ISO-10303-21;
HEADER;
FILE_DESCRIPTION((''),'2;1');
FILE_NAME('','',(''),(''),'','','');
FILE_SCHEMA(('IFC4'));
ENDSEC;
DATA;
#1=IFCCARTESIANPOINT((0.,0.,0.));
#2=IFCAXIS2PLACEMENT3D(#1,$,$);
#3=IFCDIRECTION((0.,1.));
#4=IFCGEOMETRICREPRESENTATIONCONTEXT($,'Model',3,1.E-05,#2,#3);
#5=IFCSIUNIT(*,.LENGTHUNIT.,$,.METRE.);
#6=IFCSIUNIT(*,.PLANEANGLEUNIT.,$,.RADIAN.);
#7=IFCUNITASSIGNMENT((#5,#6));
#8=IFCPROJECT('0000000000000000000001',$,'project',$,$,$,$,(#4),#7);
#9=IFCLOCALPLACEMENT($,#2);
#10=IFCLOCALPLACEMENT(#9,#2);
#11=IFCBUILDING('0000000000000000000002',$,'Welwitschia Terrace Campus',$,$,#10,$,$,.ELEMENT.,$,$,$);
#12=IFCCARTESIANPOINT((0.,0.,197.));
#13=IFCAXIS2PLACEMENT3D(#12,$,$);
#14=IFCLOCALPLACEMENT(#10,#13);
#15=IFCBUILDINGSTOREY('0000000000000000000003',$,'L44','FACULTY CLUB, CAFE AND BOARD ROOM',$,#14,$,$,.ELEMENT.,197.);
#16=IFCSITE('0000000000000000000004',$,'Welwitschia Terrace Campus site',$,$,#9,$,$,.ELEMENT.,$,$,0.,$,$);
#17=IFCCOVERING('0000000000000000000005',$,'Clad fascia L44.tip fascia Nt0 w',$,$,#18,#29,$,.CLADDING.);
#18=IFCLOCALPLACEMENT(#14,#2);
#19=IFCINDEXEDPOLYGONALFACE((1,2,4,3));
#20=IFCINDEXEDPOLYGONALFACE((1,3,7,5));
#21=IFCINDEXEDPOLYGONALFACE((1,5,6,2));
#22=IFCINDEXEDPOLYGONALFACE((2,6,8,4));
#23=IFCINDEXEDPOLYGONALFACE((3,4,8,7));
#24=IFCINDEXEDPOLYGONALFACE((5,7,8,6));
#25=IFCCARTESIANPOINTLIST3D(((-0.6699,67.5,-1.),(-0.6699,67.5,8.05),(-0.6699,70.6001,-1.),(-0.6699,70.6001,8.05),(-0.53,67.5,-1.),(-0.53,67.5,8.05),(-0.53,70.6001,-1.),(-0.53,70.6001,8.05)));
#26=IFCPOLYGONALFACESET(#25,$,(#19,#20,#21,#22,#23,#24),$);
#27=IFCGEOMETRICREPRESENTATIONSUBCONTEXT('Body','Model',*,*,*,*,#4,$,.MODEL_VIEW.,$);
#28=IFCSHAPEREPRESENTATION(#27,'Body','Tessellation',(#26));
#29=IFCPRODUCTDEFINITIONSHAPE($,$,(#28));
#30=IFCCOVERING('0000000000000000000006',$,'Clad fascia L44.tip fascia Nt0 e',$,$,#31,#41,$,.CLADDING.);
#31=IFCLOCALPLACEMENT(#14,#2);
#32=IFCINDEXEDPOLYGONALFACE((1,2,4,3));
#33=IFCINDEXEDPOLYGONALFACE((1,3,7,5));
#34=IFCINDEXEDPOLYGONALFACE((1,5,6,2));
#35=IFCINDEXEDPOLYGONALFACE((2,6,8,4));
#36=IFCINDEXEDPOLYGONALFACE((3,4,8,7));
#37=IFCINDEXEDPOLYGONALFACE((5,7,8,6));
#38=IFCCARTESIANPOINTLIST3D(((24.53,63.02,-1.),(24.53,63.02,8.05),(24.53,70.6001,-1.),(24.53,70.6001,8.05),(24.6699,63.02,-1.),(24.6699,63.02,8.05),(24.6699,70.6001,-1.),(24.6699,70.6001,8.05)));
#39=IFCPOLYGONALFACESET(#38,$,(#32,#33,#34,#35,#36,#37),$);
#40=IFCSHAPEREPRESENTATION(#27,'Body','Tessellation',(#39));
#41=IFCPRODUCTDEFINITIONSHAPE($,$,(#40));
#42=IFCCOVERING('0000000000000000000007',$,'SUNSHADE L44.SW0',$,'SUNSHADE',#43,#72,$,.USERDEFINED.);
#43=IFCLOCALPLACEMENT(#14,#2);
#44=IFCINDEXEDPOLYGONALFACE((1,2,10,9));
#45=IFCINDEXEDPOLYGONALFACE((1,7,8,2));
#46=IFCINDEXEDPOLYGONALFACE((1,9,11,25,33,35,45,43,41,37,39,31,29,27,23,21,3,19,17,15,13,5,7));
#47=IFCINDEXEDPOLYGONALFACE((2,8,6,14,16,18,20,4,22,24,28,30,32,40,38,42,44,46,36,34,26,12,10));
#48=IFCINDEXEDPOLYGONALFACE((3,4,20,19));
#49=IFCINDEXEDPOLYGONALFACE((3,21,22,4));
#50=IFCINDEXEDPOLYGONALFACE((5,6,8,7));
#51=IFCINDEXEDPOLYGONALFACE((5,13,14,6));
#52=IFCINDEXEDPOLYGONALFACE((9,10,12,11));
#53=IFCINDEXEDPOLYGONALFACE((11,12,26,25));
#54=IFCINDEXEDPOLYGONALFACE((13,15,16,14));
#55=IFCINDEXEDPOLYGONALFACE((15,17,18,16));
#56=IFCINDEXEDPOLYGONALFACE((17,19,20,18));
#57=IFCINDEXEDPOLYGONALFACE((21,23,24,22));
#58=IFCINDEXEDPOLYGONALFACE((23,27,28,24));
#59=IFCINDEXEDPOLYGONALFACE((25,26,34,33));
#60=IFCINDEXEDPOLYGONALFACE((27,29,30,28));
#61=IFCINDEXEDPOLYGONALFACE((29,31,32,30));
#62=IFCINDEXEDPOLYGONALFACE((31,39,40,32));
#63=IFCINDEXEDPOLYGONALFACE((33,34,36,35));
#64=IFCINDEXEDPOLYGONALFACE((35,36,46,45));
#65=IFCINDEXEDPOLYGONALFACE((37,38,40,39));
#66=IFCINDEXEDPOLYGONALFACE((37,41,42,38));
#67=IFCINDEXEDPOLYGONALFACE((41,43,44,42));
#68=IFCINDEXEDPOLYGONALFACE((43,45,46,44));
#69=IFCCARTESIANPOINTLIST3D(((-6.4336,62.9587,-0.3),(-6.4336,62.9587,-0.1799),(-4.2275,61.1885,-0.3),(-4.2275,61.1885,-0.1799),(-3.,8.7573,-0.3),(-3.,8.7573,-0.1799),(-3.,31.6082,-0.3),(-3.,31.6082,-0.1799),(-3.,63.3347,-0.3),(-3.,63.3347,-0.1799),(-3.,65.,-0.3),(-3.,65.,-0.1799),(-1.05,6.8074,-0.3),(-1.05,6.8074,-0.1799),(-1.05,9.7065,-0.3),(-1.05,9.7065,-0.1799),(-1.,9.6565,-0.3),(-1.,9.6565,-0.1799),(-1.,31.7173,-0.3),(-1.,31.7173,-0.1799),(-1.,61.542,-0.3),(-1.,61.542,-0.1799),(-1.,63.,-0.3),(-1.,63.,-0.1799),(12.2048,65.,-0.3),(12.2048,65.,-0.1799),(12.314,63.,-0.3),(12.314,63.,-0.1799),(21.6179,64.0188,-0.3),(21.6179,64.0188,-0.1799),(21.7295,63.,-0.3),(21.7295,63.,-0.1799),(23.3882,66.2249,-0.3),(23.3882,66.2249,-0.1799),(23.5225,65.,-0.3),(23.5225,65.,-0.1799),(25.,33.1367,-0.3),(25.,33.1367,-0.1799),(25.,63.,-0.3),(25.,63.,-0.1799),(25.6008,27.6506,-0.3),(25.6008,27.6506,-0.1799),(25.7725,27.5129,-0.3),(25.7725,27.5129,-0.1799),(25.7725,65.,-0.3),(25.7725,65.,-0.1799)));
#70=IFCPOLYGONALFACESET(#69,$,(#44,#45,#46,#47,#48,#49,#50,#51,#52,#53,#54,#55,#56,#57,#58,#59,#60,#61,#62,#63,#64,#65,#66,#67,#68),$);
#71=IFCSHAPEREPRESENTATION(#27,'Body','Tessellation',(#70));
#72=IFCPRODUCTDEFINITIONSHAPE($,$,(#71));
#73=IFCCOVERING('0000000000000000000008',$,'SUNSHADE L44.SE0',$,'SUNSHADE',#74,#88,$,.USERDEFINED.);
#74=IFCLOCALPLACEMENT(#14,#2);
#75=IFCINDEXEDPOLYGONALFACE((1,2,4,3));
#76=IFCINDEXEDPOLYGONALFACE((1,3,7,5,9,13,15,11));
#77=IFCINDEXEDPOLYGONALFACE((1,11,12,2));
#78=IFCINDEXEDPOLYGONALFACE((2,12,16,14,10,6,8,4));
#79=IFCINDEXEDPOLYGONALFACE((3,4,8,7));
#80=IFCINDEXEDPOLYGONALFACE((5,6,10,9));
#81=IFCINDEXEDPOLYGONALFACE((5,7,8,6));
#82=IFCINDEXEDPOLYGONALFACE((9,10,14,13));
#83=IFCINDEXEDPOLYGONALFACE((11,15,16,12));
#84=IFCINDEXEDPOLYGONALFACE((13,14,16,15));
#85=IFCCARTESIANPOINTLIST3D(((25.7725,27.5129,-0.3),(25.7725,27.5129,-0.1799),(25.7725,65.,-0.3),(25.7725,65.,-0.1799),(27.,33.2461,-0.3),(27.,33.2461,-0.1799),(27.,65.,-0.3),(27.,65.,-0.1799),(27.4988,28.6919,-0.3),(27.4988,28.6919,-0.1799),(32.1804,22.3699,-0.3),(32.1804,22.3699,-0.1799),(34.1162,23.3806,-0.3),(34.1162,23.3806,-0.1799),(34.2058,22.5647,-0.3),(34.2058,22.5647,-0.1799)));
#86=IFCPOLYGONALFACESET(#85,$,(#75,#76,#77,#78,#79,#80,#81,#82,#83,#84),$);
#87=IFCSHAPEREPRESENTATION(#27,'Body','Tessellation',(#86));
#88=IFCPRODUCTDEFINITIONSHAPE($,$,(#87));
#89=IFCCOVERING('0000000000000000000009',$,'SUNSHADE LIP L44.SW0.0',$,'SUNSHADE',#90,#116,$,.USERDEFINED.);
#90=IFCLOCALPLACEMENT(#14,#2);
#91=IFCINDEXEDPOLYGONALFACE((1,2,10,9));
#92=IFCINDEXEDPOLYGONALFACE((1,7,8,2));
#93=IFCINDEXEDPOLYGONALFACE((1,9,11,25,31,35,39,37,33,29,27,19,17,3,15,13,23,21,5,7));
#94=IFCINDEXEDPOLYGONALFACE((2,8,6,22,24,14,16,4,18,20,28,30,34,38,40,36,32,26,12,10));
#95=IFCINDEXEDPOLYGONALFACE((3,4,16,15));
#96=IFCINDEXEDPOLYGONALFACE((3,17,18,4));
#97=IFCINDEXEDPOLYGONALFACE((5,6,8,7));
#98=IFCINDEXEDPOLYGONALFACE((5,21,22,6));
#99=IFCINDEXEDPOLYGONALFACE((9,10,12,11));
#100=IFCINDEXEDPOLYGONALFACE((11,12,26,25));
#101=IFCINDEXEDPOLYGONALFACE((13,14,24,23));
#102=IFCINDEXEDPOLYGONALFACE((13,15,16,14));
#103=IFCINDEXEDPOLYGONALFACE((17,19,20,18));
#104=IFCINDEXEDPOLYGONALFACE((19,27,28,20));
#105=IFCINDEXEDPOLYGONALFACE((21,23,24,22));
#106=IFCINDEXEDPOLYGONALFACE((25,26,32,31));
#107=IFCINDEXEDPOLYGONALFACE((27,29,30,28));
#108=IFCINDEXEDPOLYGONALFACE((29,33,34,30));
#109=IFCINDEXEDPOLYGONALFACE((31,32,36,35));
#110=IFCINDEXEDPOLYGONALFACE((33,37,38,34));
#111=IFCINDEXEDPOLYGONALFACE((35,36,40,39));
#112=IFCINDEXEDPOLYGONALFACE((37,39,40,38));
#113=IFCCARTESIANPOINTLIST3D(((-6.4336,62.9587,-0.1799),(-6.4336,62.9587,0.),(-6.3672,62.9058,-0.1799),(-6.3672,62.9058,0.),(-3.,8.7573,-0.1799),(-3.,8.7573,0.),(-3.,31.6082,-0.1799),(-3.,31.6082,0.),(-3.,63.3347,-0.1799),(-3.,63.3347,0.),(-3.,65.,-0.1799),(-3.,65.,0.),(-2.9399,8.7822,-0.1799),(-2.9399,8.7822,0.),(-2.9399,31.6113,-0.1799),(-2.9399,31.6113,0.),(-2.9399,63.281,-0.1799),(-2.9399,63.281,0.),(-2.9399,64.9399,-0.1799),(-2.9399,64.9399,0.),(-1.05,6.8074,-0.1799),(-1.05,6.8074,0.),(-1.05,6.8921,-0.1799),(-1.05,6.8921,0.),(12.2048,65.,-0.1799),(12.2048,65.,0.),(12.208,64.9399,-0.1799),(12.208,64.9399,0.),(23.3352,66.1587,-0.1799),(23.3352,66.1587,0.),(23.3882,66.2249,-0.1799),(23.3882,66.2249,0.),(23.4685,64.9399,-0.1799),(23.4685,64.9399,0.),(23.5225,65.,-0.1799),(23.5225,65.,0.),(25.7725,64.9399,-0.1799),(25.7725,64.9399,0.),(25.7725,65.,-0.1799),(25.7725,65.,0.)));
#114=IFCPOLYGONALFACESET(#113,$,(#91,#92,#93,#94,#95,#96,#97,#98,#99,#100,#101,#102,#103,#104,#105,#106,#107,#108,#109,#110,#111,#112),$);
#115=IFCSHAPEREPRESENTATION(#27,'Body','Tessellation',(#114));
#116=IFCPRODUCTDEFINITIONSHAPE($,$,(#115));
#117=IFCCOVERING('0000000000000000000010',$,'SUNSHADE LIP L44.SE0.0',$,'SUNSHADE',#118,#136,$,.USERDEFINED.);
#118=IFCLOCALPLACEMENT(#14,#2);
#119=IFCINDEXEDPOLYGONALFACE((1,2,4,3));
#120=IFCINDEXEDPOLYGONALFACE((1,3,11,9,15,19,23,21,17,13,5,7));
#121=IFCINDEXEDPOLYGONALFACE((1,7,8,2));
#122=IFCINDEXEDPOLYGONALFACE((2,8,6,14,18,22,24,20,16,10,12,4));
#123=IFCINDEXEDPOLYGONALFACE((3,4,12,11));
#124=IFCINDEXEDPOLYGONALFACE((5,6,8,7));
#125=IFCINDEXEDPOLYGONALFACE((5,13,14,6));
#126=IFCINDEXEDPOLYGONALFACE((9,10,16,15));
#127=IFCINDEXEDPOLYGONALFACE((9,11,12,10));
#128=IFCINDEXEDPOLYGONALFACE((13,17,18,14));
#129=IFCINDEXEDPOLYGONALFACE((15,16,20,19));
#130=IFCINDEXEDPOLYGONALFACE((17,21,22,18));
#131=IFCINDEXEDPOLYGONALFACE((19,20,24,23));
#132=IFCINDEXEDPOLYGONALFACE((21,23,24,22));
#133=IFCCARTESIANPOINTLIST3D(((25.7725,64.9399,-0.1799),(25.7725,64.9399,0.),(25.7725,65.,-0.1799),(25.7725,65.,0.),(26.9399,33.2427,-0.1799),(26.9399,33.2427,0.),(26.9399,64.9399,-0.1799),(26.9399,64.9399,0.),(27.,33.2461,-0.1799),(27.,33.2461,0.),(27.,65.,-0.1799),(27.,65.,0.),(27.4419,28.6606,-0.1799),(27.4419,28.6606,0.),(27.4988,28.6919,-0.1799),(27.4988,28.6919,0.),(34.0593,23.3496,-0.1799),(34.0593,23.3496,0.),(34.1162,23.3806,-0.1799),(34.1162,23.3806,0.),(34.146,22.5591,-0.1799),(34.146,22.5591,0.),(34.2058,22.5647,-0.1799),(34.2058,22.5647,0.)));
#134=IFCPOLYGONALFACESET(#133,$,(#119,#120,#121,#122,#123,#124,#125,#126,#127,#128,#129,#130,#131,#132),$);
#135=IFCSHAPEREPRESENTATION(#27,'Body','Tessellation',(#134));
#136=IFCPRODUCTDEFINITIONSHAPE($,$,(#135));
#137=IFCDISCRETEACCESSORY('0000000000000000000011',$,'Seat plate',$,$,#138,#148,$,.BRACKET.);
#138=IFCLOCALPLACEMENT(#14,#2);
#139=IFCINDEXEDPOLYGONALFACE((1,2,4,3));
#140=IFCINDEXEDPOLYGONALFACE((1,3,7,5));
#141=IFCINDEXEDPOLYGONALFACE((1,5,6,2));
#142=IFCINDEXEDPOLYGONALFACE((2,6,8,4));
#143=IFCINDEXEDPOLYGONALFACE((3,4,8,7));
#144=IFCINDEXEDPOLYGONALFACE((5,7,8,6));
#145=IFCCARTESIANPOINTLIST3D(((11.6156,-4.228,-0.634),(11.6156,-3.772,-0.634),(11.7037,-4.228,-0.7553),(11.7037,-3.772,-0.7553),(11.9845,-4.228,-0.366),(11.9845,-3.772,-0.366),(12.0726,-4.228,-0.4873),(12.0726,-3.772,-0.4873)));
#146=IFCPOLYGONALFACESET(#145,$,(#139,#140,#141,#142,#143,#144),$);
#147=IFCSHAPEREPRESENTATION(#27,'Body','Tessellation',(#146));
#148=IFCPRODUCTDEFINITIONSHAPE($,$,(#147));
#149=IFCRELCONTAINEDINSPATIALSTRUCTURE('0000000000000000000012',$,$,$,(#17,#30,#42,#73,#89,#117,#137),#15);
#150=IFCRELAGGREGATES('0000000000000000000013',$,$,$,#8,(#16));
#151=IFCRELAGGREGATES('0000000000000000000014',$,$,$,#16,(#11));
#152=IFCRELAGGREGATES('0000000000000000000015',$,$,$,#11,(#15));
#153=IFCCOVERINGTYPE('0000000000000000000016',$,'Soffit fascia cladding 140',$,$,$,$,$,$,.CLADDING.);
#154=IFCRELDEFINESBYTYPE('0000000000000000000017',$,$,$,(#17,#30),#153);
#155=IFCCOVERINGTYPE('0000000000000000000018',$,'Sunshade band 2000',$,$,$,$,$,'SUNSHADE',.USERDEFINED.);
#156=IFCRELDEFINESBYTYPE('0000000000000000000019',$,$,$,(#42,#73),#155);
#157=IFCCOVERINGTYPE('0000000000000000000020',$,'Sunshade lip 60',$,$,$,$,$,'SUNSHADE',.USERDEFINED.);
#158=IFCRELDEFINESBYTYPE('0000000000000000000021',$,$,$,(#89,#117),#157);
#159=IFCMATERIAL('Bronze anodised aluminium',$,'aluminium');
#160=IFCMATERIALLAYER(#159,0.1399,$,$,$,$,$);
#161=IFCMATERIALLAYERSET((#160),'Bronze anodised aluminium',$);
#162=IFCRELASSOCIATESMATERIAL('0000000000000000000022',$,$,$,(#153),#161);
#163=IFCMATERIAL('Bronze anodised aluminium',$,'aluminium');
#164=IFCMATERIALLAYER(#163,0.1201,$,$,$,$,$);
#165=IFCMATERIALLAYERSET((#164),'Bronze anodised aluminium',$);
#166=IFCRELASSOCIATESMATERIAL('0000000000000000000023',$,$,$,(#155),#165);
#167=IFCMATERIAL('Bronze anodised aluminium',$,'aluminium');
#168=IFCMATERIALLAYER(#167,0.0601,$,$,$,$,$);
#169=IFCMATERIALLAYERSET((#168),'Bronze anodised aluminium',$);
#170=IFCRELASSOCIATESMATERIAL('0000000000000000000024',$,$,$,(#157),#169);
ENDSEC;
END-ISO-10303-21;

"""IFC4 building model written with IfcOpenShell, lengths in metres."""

from ifc_helpers import new_model, si_unit, direction, frame, origin, origin_2d, place, context, subcontext, project, spatial, polyline, rectangle, outline, extrude, material, layer, layer_set, type_object, element, save


model = new_model("IFC4")

# Units and contexts
model_context = context("Model", 3, precision=1e-05, world=origin(), true_north=direction((0.0, 1.0)))
body_context = subcontext(model_context, "Body", "Model", "MODEL_VIEW")
ifc_project = project(units=[si_unit("LENGTHUNIT", "METRE"), si_unit("PLANEANGLEUNIT", "RADIAN")], contexts=[model_context])

# Site, building, storey
site_placement = place(None, origin())
site = spatial("IfcSite", under=ifc_project, at=site_placement, Name="Welwitschia Terrace Campus site", CompositionType="ELEMENT", RefElevation=0.0)
building_placement = place(site_placement, origin())
building = spatial("IfcBuilding", under=site, at=building_placement, Name="Welwitschia Terrace Campus", CompositionType="ELEMENT")
storey_placement = place(building_placement, frame((0.0, 0.0, 197.0)))
storey = spatial("IfcBuildingStorey", under=building, at=storey_placement, Name="L44", Description="FACULTY CLUB, CAFE AND BOARD ROOM", CompositionType="ELEMENT", Elevation=197.0)

# Coverings
ifc_material_1 = material(Name="Bronze anodised aluminium", Category="aluminium")
ifc_layer_1 = layer(ifc_material_1, 0.1399)
ifc_layer_set_1 = layer_set([ifc_layer_1], Name="Bronze anodised aluminium")
covering_type_1 = type_object("IfcCoveringType", Name="Soffit fascia cladding 140", PredefinedType="CLADDING", material=ifc_layer_set_1)
covering_1_placement = place(storey_placement, frame((0.0, 0.0, -1.0)))
element("IfcCovering", 1, at=covering_1_placement, inside=storey, type_object=covering_type_1, Name="Clad fascia L44.tip fascia Nt0 w", PredefinedType="CLADDING", context=body_context, shape_type="SweptSolid", body=[
    extrude(outline(polyline([(-0.6699, 70.6001), (-0.6699, 67.5), (-0.53, 67.5), (-0.53, 70.6001), (-0.6699, 70.6001)])), origin(), (0.0, 0.0, 1.0), 9.05),
])
covering_2_placement = place(storey_placement, frame((0.0, 0.0, -1.0)))
element("IfcCovering", 2, at=covering_2_placement, inside=storey, type_object=covering_type_1, Name="Clad fascia L44.tip fascia Nt0 e", PredefinedType="CLADDING", context=body_context, shape_type="SweptSolid", body=[
    extrude(outline(polyline([(24.53, 70.6001), (24.53, 63.02), (24.6699, 63.02), (24.6699, 70.6001), (24.53, 70.6001)])), origin(), (0.0, 0.0, 1.0), 9.05),
])
ifc_material_2 = material(Name="Bronze anodised aluminium", Category="aluminium")
ifc_layer_2 = layer(ifc_material_2, 0.1201)
ifc_layer_set_2 = layer_set([ifc_layer_2], Name="Bronze anodised aluminium")
covering_type_2 = type_object("IfcCoveringType", Name="Sunshade band 2000", ElementType="SUNSHADE", PredefinedType="USERDEFINED", material=ifc_layer_set_2)
covering_3_placement = place(storey_placement, frame((0.0, 0.0, -0.3)))
element("IfcCovering", 3, at=covering_3_placement, inside=storey, type_object=covering_type_2, Name="SUNSHADE L44.SW0", ObjectType="SUNSHADE", PredefinedType="USERDEFINED", context=body_context, shape_type="SweptSolid", body=[
    extrude(outline(polyline([(23.3882, 66.2249), (23.5225, 65.0), (25.7725, 65.0), (25.7725, 27.5129), (25.6008, 27.6506), (25.0, 33.1367), (25.0, 63.0), (21.7295, 63.0), (21.6179, 64.0188), (12.314, 63.0), (-1.0, 63.0), (-1.0, 61.542), (-4.2275, 61.1885), (-1.0, 31.7173), (-1.0, 9.6565), (-1.05, 9.7065), (-1.05, 6.8074), (-3.0, 8.7573), (-3.0, 31.6082), (-6.4336, 62.9587), (-3.0, 63.3347), (-3.0, 65.0), (12.2048, 65.0), (23.3882, 66.2249)])), origin(), (0.0, 0.0, 1.0), 0.1201),
])
covering_4_placement = place(storey_placement, frame((0.0, 0.0, -0.3)))
element("IfcCovering", 4, at=covering_4_placement, inside=storey, type_object=covering_type_2, Name="SUNSHADE L44.SE0", ObjectType="SUNSHADE", PredefinedType="USERDEFINED", context=body_context, shape_type="SweptSolid", body=[
    extrude(outline(polyline([(27.0, 65.0), (27.0, 33.2461), (27.4988, 28.6919), (34.1162, 23.3806), (34.2058, 22.5647), (32.1804, 22.3699), (25.7725, 27.5129), (25.7725, 65.0), (27.0, 65.0)])), origin(), (0.0, 0.0, 1.0), 0.1201),
])
ifc_material_3 = material(Name="Bronze anodised aluminium", Category="aluminium")
ifc_layer_3 = layer(ifc_material_3, 0.0601)
ifc_layer_set_3 = layer_set([ifc_layer_3], Name="Bronze anodised aluminium")
covering_type_3 = type_object("IfcCoveringType", Name="Sunshade lip 60", ElementType="SUNSHADE", PredefinedType="USERDEFINED", material=ifc_layer_set_3)
covering_5_placement = place(storey_placement, frame((0.0, 0.0, -0.1799)))
element("IfcCovering", 5, at=covering_5_placement, inside=storey, type_object=covering_type_3, Name="SUNSHADE LIP L44.SW0.0", ObjectType="SUNSHADE", PredefinedType="USERDEFINED", context=body_context, shape_type="SweptSolid", body=[
    extrude(outline(polyline([(23.5225, 65.0), (25.7725, 65.0), (25.7725, 64.9399), (23.4685, 64.9399), (23.3352, 66.1587), (12.208, 64.9399), (-2.9399, 64.9399), (-2.9399, 63.281), (-6.3672, 62.9058), (-2.9399, 31.6113), (-2.9399, 8.7822), (-1.05, 6.8921), (-1.05, 6.8074), (-3.0, 8.7573), (-3.0, 31.6082), (-6.4336, 62.9587), (-3.0, 63.3347), (-3.0, 65.0), (12.2048, 65.0), (23.3882, 66.2249), (23.5225, 65.0)])), origin(), (0.0, 0.0, 1.0), 0.1799),
])
covering_6_placement = place(storey_placement, frame((0.0, 0.0, -0.1799)))
element("IfcCovering", 6, at=covering_6_placement, inside=storey, type_object=covering_type_3, Name="SUNSHADE LIP L44.SE0.0", ObjectType="SUNSHADE", PredefinedType="USERDEFINED", context=body_context, shape_type="SweptSolid", body=[
    extrude(outline(polyline([(27.0, 33.2461), (27.4988, 28.6919), (34.1162, 23.3806), (34.2058, 22.5647), (34.146, 22.5591), (34.0593, 23.3496), (27.4419, 28.6606), (26.9399, 33.2427), (26.9399, 64.9399), (25.7725, 64.9399), (25.7725, 65.0), (27.0, 65.0), (27.0, 33.2461)])), origin(), (0.0, 0.0, 1.0), 0.1799),
])

# Discrete accessory
discrete_accessory_placement = place(storey_placement, frame((11.8, -4.0, -0.5), z_axis=(0.587688, 0.0, -0.809088), x_axis=(0.0, 1.0, 0.0)))
element("IfcDiscreteAccessory", 7, at=discrete_accessory_placement, inside=storey, Name="Seat plate", PredefinedType="BRACKET", context=body_context, shape_type="SweptSolid", body=[
    extrude(rectangle(XDim=0.4561, YDim=0.4561, at=origin_2d()), origin(), (0.0, 0.0, 1.0), 0.1499),
])

save(model, "model.ifc")
